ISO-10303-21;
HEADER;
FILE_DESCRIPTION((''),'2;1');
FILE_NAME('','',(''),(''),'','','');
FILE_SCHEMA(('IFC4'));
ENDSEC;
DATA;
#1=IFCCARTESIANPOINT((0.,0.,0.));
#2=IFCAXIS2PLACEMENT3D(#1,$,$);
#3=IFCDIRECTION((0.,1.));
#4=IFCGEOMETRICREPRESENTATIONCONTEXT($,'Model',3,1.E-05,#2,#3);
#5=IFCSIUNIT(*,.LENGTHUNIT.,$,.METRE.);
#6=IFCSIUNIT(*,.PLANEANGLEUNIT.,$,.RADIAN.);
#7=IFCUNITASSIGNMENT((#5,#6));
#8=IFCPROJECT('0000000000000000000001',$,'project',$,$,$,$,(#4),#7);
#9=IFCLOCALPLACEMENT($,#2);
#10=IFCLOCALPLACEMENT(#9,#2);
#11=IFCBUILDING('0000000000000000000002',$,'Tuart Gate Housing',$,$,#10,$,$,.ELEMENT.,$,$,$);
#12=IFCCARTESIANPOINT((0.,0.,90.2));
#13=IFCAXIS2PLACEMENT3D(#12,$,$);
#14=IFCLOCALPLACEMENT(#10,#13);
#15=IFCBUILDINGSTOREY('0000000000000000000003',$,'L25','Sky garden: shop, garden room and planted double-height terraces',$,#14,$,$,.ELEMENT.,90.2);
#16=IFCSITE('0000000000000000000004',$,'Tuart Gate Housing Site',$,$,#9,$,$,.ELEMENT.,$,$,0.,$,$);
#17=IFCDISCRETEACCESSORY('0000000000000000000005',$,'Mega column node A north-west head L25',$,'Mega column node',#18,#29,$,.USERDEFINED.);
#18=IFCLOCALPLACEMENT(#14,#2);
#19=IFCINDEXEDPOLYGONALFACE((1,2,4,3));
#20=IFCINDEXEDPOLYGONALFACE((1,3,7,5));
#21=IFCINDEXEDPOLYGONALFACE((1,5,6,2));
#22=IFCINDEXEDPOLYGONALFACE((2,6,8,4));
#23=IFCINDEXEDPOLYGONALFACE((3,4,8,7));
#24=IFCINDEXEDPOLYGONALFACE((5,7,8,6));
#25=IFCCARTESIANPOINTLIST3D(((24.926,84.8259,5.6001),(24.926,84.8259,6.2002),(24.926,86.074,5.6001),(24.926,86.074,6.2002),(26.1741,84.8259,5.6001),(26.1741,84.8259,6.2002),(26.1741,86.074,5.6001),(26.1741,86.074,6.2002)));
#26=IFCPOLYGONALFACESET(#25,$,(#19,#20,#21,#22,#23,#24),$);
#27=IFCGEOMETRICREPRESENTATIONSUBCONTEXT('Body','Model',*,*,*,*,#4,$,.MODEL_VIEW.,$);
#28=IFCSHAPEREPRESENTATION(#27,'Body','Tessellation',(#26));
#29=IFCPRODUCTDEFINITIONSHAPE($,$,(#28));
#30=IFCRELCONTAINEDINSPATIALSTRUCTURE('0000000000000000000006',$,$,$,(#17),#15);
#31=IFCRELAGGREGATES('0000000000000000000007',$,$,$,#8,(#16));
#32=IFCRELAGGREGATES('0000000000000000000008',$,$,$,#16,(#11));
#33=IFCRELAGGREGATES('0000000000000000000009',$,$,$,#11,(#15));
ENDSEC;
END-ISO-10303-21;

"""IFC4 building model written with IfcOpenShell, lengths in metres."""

from ifc_helpers import new_model, si_unit, direction, frame, origin, origin_2d, place, context, subcontext, project, spatial, rectangle, extrude, element, save


model = new_model("IFC4")

# Units and contexts
model_context = context("Model", 3, precision=1e-05, world=origin(), true_north=direction((0.0, 1.0)))
body_context = subcontext(model_context, "Body", "Model", "MODEL_VIEW")
ifc_project = project(units=[si_unit("LENGTHUNIT", "METRE"), si_unit("PLANEANGLEUNIT", "RADIAN")], contexts=[model_context])

# Site, building, storey
site_placement = place(None, origin())
site = spatial("IfcSite", under=ifc_project, at=site_placement, Name="Tuart Gate Housing Site", CompositionType="ELEMENT", RefElevation=0.0)
building_placement = place(site_placement, origin())
building = spatial("IfcBuilding", under=site, at=building_placement, Name="Tuart Gate Housing", CompositionType="ELEMENT")
storey_placement = place(building_placement, frame((0.0, 0.0, 90.2)))
storey = spatial("IfcBuildingStorey", under=building, at=storey_placement, Name="L25", Description="Sky garden: shop, garden room and planted double-height terraces", CompositionType="ELEMENT", Elevation=90.2)

# Discrete accessory
for number, where, z_axis, x_axis, name in (
    (1, (25.55, 85.45, 5.6001), (0.0, 0.0, 1.0), (1.0, 0.0, 0.0), "Mega column node A north-west head L25"),
):
    element("IfcDiscreteAccessory", number, at=place(storey_placement, frame(where, z_axis=z_axis, x_axis=x_axis)), inside=storey, Name=name, ObjectType="Mega column node", PredefinedType="USERDEFINED", context=body_context, shape_type="SweptSolid", body=[
        extrude(rectangle(XDim=1.248, YDim=1.248, at=origin_2d()), origin(), (0.0, 0.0, 1.0), 0.6001),
    ])

save(model, "model.ifc")
